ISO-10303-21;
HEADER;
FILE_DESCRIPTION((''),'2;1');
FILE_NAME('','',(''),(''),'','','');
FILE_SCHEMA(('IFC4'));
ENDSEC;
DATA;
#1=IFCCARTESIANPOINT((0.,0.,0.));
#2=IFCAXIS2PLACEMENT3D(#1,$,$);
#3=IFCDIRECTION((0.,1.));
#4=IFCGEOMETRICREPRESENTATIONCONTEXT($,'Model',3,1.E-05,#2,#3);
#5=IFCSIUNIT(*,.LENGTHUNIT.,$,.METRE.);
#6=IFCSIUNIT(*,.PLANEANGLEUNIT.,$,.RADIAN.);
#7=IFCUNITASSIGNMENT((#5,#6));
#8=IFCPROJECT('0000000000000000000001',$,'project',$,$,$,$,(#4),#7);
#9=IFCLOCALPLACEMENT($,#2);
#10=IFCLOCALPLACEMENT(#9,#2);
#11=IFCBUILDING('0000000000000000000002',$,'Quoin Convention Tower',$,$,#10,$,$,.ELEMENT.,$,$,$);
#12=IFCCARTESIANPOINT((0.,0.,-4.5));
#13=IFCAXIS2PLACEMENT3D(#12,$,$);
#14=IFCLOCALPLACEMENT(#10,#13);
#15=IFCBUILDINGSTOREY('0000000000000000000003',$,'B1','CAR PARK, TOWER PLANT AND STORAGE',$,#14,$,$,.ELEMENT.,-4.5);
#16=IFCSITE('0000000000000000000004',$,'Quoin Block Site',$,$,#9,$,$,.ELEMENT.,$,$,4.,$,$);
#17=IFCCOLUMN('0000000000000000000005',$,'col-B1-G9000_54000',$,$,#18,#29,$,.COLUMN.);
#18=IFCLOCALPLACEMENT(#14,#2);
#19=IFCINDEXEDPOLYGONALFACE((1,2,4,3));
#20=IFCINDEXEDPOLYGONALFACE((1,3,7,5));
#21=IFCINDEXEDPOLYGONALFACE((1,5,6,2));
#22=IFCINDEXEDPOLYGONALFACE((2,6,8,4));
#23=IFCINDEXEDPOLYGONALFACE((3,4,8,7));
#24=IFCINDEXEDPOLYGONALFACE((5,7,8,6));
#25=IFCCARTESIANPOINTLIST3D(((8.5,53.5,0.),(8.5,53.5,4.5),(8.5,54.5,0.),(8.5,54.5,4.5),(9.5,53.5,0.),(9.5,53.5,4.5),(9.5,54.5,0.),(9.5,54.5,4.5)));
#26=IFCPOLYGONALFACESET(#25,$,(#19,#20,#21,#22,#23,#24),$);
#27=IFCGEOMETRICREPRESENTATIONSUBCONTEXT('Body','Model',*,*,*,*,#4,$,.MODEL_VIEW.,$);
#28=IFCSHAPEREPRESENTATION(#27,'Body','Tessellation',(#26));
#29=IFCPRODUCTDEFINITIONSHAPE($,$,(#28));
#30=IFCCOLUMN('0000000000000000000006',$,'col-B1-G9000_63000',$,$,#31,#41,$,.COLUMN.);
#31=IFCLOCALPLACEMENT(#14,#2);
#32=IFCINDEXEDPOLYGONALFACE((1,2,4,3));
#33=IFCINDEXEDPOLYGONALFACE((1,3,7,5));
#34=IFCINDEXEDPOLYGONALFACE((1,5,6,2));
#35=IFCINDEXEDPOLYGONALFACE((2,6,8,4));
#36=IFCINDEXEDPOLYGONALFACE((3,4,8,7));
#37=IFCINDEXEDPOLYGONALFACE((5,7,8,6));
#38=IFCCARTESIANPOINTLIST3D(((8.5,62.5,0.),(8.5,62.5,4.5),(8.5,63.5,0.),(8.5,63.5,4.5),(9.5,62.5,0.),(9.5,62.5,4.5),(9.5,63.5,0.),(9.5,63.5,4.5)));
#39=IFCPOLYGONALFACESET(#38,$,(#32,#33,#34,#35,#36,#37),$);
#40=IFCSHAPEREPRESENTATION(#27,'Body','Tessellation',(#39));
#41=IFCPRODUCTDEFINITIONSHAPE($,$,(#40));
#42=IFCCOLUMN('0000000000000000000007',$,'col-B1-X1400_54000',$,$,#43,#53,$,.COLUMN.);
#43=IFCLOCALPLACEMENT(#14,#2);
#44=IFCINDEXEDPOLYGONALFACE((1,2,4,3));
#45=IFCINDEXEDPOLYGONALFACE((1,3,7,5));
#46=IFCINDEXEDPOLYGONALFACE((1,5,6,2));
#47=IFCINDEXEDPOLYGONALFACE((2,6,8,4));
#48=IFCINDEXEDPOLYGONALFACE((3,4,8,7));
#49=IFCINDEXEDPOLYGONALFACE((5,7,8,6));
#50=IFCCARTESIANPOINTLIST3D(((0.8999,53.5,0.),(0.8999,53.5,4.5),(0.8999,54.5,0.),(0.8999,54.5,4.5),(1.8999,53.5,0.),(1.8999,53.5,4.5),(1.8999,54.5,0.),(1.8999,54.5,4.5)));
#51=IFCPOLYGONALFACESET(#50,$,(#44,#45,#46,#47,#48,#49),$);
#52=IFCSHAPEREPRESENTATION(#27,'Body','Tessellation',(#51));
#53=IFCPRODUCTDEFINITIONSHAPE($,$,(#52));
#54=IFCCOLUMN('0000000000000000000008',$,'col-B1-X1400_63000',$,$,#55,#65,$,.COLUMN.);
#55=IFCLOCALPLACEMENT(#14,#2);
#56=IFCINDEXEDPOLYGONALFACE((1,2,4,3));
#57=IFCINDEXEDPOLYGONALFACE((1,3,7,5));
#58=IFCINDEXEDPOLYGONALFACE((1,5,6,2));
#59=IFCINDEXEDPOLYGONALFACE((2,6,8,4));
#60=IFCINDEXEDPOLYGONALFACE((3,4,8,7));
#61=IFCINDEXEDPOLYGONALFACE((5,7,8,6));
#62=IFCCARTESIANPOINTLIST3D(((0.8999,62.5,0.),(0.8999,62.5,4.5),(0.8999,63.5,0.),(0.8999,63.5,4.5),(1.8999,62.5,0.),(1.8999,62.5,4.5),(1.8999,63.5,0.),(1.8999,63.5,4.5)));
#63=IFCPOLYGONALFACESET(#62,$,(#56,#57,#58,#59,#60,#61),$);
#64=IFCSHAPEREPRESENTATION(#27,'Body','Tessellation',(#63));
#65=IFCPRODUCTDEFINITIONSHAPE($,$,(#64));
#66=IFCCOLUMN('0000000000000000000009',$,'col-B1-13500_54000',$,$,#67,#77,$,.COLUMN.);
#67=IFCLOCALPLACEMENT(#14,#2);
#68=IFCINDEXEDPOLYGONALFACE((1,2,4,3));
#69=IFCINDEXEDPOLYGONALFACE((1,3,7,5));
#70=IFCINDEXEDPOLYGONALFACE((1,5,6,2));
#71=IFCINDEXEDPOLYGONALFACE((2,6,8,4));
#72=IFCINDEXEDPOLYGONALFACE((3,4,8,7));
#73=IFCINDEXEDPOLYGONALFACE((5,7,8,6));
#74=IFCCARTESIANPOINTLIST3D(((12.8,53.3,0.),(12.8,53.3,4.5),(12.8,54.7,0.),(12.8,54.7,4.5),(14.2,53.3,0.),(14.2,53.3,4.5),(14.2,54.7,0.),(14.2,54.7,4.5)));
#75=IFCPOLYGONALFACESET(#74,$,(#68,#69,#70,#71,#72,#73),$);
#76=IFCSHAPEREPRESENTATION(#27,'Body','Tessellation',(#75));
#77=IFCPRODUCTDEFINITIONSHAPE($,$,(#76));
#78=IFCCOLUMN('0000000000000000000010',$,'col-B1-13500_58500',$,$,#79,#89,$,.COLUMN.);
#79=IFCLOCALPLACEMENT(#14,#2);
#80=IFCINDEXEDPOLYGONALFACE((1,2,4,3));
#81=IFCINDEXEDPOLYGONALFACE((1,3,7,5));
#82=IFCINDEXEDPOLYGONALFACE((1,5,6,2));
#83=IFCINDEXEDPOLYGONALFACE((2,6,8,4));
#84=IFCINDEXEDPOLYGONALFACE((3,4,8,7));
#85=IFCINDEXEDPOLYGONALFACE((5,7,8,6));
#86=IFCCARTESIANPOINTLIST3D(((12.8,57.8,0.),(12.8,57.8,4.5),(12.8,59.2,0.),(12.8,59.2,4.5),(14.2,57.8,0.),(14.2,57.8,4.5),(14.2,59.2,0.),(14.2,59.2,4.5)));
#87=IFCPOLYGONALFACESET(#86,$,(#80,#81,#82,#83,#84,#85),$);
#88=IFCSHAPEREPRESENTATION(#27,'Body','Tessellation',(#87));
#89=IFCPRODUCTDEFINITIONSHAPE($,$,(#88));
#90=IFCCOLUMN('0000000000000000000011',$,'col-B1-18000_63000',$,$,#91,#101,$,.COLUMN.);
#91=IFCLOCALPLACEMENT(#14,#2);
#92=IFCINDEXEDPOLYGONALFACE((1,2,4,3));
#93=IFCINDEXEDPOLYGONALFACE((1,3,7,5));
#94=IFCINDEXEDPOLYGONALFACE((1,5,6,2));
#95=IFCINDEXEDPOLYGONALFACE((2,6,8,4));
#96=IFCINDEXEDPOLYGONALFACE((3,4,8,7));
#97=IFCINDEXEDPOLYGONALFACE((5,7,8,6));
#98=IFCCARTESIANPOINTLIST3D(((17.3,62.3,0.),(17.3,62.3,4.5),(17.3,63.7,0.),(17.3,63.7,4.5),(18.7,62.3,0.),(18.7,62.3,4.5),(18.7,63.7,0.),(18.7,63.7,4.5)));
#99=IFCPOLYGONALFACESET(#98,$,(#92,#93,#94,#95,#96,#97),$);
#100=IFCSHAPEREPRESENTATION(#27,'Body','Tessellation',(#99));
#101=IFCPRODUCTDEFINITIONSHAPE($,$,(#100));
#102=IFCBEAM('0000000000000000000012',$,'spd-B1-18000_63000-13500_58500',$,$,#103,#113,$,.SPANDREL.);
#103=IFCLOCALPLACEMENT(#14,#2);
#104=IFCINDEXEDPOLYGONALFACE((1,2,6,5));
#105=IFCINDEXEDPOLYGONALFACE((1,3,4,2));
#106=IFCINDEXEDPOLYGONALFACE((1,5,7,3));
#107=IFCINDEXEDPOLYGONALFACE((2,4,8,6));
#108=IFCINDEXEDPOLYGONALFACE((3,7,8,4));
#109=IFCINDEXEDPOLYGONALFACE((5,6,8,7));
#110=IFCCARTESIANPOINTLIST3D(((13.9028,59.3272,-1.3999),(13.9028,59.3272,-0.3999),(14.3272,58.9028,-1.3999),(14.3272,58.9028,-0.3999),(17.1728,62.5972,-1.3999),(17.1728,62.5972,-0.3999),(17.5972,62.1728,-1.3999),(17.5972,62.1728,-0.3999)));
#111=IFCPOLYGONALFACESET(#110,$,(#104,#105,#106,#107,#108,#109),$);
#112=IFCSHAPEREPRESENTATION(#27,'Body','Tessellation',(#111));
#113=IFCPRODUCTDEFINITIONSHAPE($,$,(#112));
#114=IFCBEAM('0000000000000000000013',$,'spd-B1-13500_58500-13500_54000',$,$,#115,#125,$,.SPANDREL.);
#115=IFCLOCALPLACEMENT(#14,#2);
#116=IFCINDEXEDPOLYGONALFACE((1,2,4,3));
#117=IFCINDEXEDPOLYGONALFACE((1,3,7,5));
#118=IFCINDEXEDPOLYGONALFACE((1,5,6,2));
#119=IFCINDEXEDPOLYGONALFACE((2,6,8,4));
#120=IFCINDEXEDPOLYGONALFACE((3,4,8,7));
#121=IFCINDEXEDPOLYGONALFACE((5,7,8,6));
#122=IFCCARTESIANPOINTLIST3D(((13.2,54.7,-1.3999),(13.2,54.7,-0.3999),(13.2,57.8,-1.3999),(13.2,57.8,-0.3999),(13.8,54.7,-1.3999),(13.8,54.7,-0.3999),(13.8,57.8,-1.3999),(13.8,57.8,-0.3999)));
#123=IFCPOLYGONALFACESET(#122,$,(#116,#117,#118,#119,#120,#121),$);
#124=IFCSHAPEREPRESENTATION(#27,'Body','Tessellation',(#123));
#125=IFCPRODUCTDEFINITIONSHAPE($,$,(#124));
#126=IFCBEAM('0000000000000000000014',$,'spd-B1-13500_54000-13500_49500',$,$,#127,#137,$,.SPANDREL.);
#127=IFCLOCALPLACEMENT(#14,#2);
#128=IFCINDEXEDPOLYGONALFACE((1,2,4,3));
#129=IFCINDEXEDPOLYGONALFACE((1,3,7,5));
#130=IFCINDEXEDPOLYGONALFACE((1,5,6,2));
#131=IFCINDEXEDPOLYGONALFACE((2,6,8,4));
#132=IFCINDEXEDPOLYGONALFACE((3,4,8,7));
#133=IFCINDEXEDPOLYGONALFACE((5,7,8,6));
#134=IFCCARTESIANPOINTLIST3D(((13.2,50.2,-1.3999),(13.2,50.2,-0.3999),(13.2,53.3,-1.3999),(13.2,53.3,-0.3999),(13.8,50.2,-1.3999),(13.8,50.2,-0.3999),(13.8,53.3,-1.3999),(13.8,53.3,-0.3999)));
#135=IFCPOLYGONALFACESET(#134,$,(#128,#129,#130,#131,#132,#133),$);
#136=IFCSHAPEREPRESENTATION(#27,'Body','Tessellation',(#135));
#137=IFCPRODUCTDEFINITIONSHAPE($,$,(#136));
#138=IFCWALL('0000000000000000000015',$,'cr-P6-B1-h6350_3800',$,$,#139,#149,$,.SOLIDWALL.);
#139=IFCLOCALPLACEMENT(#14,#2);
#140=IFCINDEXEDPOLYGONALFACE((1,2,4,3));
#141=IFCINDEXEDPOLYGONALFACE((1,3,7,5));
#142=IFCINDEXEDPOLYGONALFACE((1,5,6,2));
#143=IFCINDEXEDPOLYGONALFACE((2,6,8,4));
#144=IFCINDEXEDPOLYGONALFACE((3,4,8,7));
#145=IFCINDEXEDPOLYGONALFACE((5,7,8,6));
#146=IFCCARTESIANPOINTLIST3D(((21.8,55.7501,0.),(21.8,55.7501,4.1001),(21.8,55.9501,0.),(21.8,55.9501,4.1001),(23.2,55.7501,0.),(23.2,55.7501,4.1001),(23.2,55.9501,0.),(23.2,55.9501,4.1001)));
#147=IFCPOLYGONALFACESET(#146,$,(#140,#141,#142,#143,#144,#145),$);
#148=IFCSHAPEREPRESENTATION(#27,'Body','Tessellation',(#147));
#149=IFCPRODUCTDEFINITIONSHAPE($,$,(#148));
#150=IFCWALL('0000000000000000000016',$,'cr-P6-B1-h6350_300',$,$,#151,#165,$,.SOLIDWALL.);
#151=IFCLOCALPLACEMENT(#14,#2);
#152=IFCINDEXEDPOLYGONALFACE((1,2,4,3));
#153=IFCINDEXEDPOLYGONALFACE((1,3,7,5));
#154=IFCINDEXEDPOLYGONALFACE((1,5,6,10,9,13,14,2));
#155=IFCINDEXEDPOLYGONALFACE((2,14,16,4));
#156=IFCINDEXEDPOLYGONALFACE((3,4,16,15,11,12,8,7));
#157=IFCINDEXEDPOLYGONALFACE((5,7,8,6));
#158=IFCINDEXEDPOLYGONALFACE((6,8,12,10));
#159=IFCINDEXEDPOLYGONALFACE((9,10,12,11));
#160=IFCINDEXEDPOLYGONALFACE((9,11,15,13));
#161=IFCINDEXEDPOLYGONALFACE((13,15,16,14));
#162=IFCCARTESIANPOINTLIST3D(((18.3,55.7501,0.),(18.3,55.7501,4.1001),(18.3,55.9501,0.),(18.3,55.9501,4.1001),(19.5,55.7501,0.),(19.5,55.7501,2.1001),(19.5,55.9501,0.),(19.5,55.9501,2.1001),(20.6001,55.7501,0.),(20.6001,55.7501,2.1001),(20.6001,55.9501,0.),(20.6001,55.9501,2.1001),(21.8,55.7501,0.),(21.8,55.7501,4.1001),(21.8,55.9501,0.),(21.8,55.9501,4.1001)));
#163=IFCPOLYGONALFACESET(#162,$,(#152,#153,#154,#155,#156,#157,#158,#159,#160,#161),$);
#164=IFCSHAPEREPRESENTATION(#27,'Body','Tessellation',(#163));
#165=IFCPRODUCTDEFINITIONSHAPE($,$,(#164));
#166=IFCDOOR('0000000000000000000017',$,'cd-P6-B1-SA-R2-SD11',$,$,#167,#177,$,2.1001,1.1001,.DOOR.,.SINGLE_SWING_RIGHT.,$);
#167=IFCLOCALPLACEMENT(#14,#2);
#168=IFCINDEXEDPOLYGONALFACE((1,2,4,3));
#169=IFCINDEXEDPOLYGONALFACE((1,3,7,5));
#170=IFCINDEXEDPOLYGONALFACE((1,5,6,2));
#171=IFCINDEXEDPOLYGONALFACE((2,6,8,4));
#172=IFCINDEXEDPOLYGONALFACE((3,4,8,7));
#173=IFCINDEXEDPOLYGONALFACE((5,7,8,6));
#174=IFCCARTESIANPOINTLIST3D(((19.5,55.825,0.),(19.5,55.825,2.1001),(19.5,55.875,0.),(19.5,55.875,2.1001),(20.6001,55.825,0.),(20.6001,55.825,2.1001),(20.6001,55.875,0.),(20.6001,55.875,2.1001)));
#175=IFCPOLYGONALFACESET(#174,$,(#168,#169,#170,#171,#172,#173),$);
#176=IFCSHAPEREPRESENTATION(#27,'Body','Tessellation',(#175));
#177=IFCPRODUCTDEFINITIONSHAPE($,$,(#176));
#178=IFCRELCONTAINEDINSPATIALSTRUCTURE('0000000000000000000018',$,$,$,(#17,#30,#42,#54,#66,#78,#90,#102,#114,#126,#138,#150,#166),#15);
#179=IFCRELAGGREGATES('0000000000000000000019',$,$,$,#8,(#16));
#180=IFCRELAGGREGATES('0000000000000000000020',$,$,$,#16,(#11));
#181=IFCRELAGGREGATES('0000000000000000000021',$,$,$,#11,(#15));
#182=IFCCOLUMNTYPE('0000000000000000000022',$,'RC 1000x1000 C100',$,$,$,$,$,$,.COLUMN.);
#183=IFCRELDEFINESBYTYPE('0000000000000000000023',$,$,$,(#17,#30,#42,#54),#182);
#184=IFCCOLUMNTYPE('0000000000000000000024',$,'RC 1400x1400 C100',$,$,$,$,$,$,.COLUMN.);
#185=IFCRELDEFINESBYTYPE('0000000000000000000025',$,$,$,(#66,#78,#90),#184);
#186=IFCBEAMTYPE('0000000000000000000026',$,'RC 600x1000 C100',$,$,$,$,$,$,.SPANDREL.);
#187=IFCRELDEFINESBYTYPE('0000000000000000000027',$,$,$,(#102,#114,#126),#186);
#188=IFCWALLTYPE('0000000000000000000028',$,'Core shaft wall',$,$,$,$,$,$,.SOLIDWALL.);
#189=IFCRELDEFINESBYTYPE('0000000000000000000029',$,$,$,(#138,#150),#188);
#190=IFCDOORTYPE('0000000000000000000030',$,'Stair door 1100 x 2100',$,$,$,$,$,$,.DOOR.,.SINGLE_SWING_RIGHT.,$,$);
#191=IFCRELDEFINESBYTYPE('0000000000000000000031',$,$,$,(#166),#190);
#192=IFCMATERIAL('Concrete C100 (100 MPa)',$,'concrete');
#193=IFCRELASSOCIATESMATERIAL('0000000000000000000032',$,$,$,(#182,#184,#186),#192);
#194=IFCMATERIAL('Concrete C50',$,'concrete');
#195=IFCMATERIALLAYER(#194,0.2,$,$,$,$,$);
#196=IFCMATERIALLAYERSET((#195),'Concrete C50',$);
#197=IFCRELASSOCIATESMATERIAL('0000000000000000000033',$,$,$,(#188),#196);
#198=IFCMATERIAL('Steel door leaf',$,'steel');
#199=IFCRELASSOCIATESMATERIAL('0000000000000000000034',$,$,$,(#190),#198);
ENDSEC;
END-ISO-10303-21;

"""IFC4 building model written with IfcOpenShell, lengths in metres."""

from ifc_helpers import new_model, si_unit, direction, frame, frame_2d, origin, origin_2d, place, context, subcontext, project, spatial, rectangle, extrude, material, layer, layer_set, material_profile, profile_set, type_object, element, fill, save


model = new_model("IFC4")

# Units and contexts
model_context = context("Model", 3, precision=1e-05, world=origin(), true_north=direction((0.0, 1.0)))
body_context = subcontext(model_context, "Body", "Model", "MODEL_VIEW")
ifc_project = project(units=[si_unit("LENGTHUNIT", "METRE"), si_unit("PLANEANGLEUNIT", "RADIAN")], contexts=[model_context])

# Site, building, storey
site_placement = place(None, origin())
site = spatial("IfcSite", under=ifc_project, at=site_placement, Name="Quoin Block Site", CompositionType="ELEMENT", RefElevation=4.0)
building_placement = place(site_placement, origin())
building = spatial("IfcBuilding", under=site, at=building_placement, Name="Quoin Convention Tower", CompositionType="ELEMENT")
storey_placement = place(building_placement, frame((0.0, 0.0, -4.5)))
storey = spatial("IfcBuildingStorey", under=building, at=storey_placement, Name="B1", Description="CAR PARK, TOWER PLANT AND STORAGE", CompositionType="ELEMENT", Elevation=-4.5)

# Columns
ifc_material_1 = material(Name="Concrete C100 (100 MPa)", Category="concrete")
ifc_material_profile_1 = material_profile(ifc_material_1, rectangle(XDim=1.0, YDim=1.0, at=origin_2d()), Name="RC 1000x1000")
ifc_profile_set_1 = profile_set([ifc_material_profile_1], Name="Concrete C100 (100 MPa)")
column_type_1 = type_object("IfcColumnType", Name="RC 1000x1000 C100", PredefinedType="COLUMN", material=ifc_profile_set_1)
for number, where, z_axis, x_axis, name in (
    (1, (9.0, 54.0, 0.0), (0.0, 0.0, 1.0), (1.0, 0.0, 0.0), "col-B1-G9000_54000"),
    (2, (9.0, 63.0, 0.0), (0.0, 0.0, 1.0), (1.0, 0.0, 0.0), "col-B1-G9000_63000"),
    (3, (1.3999, 54.0, 0.0), (0.0, 0.0, 1.0), (1.0, 0.0, 0.0), "col-B1-X1400_54000"),
    (4, (1.3999, 63.0, 0.0), (0.0, 0.0, 1.0), (1.0, 0.0, 0.0), "col-B1-X1400_63000"),
):
    element("IfcColumn", number, at=place(storey_placement, frame(where, z_axis=z_axis, x_axis=x_axis)), inside=storey, type_object=column_type_1, Name=name, PredefinedType="COLUMN", context=body_context, shape_type="SweptSolid", body=[
        extrude(rectangle(XDim=1.0, YDim=1.0, at=origin_2d()), origin(), (0.0, 0.0, 1.0), 4.5),
    ])
ifc_material_profile_2 = material_profile(ifc_material_1, rectangle(XDim=1.3999, YDim=1.3999, at=origin_2d()), Name="RC 1400x1400")
ifc_profile_set_2 = profile_set([ifc_material_profile_2], Name="Concrete C100 (100 MPa)")
column_type_2 = type_object("IfcColumnType", Name="RC 1400x1400 C100", PredefinedType="COLUMN", material=ifc_profile_set_2)
for number, where, z_axis, x_axis, name in (
    (5, (13.5, 54.0, 0.0), (0.0, 0.0, 1.0), (1.0, 0.0, 0.0), "col-B1-13500_54000"),
    (6, (13.5, 58.5, 0.0), (0.0, 0.0, 1.0), (1.0, 0.0, 0.0), "col-B1-13500_58500"),
    (7, (18.0, 63.0, 0.0), (0.0, 0.0, 1.0), (1.0, 0.0, 0.0), "col-B1-18000_63000"),
):
    element("IfcColumn", number, at=place(storey_placement, frame(where, z_axis=z_axis, x_axis=x_axis)), inside=storey, type_object=column_type_2, Name=name, PredefinedType="COLUMN", context=body_context, shape_type="SweptSolid", body=[
        extrude(rectangle(XDim=1.3999, YDim=1.3999, at=origin_2d()), origin(), (0.0, 0.0, 1.0), 4.5),
    ])

# Beams
ifc_material_profile_3 = material_profile(ifc_material_1, rectangle(XDim=0.6001, YDim=1.0, at=origin_2d()), Name="RC 600x1000")
ifc_profile_set_3 = profile_set([ifc_material_profile_3], Name="Concrete C100 (100 MPa)")
beam_type = type_object("IfcBeamType", Name="RC 600x1000 C100", PredefinedType="SPANDREL", material=ifc_profile_set_3)
beam_placement = place(storey_placement, frame((17.385, 62.385, -0.8999), z_axis=(-0.707107, -0.707107, 0.0), x_axis=(0.707107, -0.707107, 0.0)))
element("IfcBeam", 8, at=beam_placement, inside=storey, type_object=beam_type, Name="spd-B1-18000_63000-13500_58500", PredefinedType="SPANDREL", context=body_context, shape_type="SweptSolid", body=[
    extrude(rectangle(XDim=0.6001, YDim=1.0, at=origin_2d()), origin(), (0.0, 0.0, 1.0), 4.6245),
])
for number, where, z_axis, x_axis, name in (
    (9, (13.5, 57.8, -0.8999), (0.0, -1.0, 0.0), (1.0, 0.0, 0.0), "spd-B1-13500_58500-13500_54000"),
    (10, (13.5, 53.3, -0.8999), (0.0, -1.0, 0.0), (1.0, 0.0, 0.0), "spd-B1-13500_54000-13500_49500"),
):
    element("IfcBeam", number, at=place(storey_placement, frame(where, z_axis=z_axis, x_axis=x_axis)), inside=storey, type_object=beam_type, Name=name, PredefinedType="SPANDREL", context=body_context, shape_type="SweptSolid", body=[
        extrude(rectangle(XDim=0.6001, YDim=1.0, at=origin_2d()), origin(), (0.0, 0.0, 1.0), 3.1001),
    ])

# Wall
ifc_material_2 = material(Name="Concrete C50", Category="concrete")
ifc_layer_1 = layer(ifc_material_2, 0.2)
ifc_layer_set_1 = layer_set([ifc_layer_1], Name="Concrete C50")
wall_type_1 = type_object("IfcWallType", Name="Core shaft wall", PredefinedType="SOLIDWALL", material=ifc_layer_set_1)
wall_1_placement = place(storey_placement, frame((21.8, 55.8501, 0.0), z_axis=(0.0, 0.0, 1.0), x_axis=(1.0, 0.0, 0.0)))
element("IfcWall", 11, at=wall_1_placement, inside=storey, type_object=wall_type_1, Name="cr-P6-B1-h6350_3800", PredefinedType="SOLIDWALL", context=body_context, shape_type="SweptSolid", body=[
    extrude(rectangle(XDim=1.3999, YDim=0.2, at=frame_2d((0.7, 0.0))), origin(), (0.0, 0.0, 1.0), 4.1001),
])

# Wall, opening, door
wall_2_placement = place(storey_placement, frame((18.3, 55.8501, 0.0), z_axis=(0.0, 0.0, 1.0), x_axis=(1.0, 0.0, 0.0)))
wall_2 = element("IfcWall", 12, at=wall_2_placement, inside=storey, type_object=wall_type_1, Name="cr-P6-B1-h6350_300", PredefinedType="SOLIDWALL", context=body_context, shape_type="SweptSolid", body=[
    extrude(rectangle(XDim=3.5, YDim=0.2, at=frame_2d((1.75, 0.0))), origin(), (0.0, 0.0, 1.0), 4.1001),
])
opening_1_placement = place(wall_2_placement, frame((1.2, 0.0, 0.0)))
opening_1 = element("IfcOpeningElement", 13, at=opening_1_placement, cuts=wall_2, PredefinedType="OPENING", context=body_context, shape_type="SweptSolid", body=[
    extrude(rectangle(XDim=1.1001, YDim=2.1001, at=frame_2d((0.55, 1.05))), frame((0.0, 0.1099, 0.0), z_axis=(0.0, -1.0, 0.0), x_axis=(1.0, 0.0, 0.0)), (0.0, 0.0, 1.0), 0.22),
])
ifc_material_3 = material(Name="Steel door leaf", Category="steel")
door_type_1 = type_object("IfcDoorType", Name="Stair door 1100 x 2100", OperationType="SINGLE_SWING_RIGHT", PredefinedType="DOOR", material=ifc_material_3)
door_1_placement = place(opening_1_placement, origin())
door_1 = element("IfcDoor", 14, at=door_1_placement, inside=storey, type_object=door_type_1, Name="cd-P6-B1-SA-R2-SD11", OperationType="SINGLE_SWING_RIGHT", OverallHeight=2.1001, OverallWidth=1.1001, PredefinedType="DOOR", context=body_context, shape_type="SweptSolid", body=[
    extrude(rectangle(XDim=1.1001, YDim=2.1001, at=frame_2d((0.55, 1.05))), frame((0.0, 0.0249, 0.0), z_axis=(0.0, -1.0, 0.0), x_axis=(1.0, 0.0, 0.0)), (0.0, 0.0, 1.0), 0.05),
])
fill(opening_1, door_1)

save(model, "model.ifc")
